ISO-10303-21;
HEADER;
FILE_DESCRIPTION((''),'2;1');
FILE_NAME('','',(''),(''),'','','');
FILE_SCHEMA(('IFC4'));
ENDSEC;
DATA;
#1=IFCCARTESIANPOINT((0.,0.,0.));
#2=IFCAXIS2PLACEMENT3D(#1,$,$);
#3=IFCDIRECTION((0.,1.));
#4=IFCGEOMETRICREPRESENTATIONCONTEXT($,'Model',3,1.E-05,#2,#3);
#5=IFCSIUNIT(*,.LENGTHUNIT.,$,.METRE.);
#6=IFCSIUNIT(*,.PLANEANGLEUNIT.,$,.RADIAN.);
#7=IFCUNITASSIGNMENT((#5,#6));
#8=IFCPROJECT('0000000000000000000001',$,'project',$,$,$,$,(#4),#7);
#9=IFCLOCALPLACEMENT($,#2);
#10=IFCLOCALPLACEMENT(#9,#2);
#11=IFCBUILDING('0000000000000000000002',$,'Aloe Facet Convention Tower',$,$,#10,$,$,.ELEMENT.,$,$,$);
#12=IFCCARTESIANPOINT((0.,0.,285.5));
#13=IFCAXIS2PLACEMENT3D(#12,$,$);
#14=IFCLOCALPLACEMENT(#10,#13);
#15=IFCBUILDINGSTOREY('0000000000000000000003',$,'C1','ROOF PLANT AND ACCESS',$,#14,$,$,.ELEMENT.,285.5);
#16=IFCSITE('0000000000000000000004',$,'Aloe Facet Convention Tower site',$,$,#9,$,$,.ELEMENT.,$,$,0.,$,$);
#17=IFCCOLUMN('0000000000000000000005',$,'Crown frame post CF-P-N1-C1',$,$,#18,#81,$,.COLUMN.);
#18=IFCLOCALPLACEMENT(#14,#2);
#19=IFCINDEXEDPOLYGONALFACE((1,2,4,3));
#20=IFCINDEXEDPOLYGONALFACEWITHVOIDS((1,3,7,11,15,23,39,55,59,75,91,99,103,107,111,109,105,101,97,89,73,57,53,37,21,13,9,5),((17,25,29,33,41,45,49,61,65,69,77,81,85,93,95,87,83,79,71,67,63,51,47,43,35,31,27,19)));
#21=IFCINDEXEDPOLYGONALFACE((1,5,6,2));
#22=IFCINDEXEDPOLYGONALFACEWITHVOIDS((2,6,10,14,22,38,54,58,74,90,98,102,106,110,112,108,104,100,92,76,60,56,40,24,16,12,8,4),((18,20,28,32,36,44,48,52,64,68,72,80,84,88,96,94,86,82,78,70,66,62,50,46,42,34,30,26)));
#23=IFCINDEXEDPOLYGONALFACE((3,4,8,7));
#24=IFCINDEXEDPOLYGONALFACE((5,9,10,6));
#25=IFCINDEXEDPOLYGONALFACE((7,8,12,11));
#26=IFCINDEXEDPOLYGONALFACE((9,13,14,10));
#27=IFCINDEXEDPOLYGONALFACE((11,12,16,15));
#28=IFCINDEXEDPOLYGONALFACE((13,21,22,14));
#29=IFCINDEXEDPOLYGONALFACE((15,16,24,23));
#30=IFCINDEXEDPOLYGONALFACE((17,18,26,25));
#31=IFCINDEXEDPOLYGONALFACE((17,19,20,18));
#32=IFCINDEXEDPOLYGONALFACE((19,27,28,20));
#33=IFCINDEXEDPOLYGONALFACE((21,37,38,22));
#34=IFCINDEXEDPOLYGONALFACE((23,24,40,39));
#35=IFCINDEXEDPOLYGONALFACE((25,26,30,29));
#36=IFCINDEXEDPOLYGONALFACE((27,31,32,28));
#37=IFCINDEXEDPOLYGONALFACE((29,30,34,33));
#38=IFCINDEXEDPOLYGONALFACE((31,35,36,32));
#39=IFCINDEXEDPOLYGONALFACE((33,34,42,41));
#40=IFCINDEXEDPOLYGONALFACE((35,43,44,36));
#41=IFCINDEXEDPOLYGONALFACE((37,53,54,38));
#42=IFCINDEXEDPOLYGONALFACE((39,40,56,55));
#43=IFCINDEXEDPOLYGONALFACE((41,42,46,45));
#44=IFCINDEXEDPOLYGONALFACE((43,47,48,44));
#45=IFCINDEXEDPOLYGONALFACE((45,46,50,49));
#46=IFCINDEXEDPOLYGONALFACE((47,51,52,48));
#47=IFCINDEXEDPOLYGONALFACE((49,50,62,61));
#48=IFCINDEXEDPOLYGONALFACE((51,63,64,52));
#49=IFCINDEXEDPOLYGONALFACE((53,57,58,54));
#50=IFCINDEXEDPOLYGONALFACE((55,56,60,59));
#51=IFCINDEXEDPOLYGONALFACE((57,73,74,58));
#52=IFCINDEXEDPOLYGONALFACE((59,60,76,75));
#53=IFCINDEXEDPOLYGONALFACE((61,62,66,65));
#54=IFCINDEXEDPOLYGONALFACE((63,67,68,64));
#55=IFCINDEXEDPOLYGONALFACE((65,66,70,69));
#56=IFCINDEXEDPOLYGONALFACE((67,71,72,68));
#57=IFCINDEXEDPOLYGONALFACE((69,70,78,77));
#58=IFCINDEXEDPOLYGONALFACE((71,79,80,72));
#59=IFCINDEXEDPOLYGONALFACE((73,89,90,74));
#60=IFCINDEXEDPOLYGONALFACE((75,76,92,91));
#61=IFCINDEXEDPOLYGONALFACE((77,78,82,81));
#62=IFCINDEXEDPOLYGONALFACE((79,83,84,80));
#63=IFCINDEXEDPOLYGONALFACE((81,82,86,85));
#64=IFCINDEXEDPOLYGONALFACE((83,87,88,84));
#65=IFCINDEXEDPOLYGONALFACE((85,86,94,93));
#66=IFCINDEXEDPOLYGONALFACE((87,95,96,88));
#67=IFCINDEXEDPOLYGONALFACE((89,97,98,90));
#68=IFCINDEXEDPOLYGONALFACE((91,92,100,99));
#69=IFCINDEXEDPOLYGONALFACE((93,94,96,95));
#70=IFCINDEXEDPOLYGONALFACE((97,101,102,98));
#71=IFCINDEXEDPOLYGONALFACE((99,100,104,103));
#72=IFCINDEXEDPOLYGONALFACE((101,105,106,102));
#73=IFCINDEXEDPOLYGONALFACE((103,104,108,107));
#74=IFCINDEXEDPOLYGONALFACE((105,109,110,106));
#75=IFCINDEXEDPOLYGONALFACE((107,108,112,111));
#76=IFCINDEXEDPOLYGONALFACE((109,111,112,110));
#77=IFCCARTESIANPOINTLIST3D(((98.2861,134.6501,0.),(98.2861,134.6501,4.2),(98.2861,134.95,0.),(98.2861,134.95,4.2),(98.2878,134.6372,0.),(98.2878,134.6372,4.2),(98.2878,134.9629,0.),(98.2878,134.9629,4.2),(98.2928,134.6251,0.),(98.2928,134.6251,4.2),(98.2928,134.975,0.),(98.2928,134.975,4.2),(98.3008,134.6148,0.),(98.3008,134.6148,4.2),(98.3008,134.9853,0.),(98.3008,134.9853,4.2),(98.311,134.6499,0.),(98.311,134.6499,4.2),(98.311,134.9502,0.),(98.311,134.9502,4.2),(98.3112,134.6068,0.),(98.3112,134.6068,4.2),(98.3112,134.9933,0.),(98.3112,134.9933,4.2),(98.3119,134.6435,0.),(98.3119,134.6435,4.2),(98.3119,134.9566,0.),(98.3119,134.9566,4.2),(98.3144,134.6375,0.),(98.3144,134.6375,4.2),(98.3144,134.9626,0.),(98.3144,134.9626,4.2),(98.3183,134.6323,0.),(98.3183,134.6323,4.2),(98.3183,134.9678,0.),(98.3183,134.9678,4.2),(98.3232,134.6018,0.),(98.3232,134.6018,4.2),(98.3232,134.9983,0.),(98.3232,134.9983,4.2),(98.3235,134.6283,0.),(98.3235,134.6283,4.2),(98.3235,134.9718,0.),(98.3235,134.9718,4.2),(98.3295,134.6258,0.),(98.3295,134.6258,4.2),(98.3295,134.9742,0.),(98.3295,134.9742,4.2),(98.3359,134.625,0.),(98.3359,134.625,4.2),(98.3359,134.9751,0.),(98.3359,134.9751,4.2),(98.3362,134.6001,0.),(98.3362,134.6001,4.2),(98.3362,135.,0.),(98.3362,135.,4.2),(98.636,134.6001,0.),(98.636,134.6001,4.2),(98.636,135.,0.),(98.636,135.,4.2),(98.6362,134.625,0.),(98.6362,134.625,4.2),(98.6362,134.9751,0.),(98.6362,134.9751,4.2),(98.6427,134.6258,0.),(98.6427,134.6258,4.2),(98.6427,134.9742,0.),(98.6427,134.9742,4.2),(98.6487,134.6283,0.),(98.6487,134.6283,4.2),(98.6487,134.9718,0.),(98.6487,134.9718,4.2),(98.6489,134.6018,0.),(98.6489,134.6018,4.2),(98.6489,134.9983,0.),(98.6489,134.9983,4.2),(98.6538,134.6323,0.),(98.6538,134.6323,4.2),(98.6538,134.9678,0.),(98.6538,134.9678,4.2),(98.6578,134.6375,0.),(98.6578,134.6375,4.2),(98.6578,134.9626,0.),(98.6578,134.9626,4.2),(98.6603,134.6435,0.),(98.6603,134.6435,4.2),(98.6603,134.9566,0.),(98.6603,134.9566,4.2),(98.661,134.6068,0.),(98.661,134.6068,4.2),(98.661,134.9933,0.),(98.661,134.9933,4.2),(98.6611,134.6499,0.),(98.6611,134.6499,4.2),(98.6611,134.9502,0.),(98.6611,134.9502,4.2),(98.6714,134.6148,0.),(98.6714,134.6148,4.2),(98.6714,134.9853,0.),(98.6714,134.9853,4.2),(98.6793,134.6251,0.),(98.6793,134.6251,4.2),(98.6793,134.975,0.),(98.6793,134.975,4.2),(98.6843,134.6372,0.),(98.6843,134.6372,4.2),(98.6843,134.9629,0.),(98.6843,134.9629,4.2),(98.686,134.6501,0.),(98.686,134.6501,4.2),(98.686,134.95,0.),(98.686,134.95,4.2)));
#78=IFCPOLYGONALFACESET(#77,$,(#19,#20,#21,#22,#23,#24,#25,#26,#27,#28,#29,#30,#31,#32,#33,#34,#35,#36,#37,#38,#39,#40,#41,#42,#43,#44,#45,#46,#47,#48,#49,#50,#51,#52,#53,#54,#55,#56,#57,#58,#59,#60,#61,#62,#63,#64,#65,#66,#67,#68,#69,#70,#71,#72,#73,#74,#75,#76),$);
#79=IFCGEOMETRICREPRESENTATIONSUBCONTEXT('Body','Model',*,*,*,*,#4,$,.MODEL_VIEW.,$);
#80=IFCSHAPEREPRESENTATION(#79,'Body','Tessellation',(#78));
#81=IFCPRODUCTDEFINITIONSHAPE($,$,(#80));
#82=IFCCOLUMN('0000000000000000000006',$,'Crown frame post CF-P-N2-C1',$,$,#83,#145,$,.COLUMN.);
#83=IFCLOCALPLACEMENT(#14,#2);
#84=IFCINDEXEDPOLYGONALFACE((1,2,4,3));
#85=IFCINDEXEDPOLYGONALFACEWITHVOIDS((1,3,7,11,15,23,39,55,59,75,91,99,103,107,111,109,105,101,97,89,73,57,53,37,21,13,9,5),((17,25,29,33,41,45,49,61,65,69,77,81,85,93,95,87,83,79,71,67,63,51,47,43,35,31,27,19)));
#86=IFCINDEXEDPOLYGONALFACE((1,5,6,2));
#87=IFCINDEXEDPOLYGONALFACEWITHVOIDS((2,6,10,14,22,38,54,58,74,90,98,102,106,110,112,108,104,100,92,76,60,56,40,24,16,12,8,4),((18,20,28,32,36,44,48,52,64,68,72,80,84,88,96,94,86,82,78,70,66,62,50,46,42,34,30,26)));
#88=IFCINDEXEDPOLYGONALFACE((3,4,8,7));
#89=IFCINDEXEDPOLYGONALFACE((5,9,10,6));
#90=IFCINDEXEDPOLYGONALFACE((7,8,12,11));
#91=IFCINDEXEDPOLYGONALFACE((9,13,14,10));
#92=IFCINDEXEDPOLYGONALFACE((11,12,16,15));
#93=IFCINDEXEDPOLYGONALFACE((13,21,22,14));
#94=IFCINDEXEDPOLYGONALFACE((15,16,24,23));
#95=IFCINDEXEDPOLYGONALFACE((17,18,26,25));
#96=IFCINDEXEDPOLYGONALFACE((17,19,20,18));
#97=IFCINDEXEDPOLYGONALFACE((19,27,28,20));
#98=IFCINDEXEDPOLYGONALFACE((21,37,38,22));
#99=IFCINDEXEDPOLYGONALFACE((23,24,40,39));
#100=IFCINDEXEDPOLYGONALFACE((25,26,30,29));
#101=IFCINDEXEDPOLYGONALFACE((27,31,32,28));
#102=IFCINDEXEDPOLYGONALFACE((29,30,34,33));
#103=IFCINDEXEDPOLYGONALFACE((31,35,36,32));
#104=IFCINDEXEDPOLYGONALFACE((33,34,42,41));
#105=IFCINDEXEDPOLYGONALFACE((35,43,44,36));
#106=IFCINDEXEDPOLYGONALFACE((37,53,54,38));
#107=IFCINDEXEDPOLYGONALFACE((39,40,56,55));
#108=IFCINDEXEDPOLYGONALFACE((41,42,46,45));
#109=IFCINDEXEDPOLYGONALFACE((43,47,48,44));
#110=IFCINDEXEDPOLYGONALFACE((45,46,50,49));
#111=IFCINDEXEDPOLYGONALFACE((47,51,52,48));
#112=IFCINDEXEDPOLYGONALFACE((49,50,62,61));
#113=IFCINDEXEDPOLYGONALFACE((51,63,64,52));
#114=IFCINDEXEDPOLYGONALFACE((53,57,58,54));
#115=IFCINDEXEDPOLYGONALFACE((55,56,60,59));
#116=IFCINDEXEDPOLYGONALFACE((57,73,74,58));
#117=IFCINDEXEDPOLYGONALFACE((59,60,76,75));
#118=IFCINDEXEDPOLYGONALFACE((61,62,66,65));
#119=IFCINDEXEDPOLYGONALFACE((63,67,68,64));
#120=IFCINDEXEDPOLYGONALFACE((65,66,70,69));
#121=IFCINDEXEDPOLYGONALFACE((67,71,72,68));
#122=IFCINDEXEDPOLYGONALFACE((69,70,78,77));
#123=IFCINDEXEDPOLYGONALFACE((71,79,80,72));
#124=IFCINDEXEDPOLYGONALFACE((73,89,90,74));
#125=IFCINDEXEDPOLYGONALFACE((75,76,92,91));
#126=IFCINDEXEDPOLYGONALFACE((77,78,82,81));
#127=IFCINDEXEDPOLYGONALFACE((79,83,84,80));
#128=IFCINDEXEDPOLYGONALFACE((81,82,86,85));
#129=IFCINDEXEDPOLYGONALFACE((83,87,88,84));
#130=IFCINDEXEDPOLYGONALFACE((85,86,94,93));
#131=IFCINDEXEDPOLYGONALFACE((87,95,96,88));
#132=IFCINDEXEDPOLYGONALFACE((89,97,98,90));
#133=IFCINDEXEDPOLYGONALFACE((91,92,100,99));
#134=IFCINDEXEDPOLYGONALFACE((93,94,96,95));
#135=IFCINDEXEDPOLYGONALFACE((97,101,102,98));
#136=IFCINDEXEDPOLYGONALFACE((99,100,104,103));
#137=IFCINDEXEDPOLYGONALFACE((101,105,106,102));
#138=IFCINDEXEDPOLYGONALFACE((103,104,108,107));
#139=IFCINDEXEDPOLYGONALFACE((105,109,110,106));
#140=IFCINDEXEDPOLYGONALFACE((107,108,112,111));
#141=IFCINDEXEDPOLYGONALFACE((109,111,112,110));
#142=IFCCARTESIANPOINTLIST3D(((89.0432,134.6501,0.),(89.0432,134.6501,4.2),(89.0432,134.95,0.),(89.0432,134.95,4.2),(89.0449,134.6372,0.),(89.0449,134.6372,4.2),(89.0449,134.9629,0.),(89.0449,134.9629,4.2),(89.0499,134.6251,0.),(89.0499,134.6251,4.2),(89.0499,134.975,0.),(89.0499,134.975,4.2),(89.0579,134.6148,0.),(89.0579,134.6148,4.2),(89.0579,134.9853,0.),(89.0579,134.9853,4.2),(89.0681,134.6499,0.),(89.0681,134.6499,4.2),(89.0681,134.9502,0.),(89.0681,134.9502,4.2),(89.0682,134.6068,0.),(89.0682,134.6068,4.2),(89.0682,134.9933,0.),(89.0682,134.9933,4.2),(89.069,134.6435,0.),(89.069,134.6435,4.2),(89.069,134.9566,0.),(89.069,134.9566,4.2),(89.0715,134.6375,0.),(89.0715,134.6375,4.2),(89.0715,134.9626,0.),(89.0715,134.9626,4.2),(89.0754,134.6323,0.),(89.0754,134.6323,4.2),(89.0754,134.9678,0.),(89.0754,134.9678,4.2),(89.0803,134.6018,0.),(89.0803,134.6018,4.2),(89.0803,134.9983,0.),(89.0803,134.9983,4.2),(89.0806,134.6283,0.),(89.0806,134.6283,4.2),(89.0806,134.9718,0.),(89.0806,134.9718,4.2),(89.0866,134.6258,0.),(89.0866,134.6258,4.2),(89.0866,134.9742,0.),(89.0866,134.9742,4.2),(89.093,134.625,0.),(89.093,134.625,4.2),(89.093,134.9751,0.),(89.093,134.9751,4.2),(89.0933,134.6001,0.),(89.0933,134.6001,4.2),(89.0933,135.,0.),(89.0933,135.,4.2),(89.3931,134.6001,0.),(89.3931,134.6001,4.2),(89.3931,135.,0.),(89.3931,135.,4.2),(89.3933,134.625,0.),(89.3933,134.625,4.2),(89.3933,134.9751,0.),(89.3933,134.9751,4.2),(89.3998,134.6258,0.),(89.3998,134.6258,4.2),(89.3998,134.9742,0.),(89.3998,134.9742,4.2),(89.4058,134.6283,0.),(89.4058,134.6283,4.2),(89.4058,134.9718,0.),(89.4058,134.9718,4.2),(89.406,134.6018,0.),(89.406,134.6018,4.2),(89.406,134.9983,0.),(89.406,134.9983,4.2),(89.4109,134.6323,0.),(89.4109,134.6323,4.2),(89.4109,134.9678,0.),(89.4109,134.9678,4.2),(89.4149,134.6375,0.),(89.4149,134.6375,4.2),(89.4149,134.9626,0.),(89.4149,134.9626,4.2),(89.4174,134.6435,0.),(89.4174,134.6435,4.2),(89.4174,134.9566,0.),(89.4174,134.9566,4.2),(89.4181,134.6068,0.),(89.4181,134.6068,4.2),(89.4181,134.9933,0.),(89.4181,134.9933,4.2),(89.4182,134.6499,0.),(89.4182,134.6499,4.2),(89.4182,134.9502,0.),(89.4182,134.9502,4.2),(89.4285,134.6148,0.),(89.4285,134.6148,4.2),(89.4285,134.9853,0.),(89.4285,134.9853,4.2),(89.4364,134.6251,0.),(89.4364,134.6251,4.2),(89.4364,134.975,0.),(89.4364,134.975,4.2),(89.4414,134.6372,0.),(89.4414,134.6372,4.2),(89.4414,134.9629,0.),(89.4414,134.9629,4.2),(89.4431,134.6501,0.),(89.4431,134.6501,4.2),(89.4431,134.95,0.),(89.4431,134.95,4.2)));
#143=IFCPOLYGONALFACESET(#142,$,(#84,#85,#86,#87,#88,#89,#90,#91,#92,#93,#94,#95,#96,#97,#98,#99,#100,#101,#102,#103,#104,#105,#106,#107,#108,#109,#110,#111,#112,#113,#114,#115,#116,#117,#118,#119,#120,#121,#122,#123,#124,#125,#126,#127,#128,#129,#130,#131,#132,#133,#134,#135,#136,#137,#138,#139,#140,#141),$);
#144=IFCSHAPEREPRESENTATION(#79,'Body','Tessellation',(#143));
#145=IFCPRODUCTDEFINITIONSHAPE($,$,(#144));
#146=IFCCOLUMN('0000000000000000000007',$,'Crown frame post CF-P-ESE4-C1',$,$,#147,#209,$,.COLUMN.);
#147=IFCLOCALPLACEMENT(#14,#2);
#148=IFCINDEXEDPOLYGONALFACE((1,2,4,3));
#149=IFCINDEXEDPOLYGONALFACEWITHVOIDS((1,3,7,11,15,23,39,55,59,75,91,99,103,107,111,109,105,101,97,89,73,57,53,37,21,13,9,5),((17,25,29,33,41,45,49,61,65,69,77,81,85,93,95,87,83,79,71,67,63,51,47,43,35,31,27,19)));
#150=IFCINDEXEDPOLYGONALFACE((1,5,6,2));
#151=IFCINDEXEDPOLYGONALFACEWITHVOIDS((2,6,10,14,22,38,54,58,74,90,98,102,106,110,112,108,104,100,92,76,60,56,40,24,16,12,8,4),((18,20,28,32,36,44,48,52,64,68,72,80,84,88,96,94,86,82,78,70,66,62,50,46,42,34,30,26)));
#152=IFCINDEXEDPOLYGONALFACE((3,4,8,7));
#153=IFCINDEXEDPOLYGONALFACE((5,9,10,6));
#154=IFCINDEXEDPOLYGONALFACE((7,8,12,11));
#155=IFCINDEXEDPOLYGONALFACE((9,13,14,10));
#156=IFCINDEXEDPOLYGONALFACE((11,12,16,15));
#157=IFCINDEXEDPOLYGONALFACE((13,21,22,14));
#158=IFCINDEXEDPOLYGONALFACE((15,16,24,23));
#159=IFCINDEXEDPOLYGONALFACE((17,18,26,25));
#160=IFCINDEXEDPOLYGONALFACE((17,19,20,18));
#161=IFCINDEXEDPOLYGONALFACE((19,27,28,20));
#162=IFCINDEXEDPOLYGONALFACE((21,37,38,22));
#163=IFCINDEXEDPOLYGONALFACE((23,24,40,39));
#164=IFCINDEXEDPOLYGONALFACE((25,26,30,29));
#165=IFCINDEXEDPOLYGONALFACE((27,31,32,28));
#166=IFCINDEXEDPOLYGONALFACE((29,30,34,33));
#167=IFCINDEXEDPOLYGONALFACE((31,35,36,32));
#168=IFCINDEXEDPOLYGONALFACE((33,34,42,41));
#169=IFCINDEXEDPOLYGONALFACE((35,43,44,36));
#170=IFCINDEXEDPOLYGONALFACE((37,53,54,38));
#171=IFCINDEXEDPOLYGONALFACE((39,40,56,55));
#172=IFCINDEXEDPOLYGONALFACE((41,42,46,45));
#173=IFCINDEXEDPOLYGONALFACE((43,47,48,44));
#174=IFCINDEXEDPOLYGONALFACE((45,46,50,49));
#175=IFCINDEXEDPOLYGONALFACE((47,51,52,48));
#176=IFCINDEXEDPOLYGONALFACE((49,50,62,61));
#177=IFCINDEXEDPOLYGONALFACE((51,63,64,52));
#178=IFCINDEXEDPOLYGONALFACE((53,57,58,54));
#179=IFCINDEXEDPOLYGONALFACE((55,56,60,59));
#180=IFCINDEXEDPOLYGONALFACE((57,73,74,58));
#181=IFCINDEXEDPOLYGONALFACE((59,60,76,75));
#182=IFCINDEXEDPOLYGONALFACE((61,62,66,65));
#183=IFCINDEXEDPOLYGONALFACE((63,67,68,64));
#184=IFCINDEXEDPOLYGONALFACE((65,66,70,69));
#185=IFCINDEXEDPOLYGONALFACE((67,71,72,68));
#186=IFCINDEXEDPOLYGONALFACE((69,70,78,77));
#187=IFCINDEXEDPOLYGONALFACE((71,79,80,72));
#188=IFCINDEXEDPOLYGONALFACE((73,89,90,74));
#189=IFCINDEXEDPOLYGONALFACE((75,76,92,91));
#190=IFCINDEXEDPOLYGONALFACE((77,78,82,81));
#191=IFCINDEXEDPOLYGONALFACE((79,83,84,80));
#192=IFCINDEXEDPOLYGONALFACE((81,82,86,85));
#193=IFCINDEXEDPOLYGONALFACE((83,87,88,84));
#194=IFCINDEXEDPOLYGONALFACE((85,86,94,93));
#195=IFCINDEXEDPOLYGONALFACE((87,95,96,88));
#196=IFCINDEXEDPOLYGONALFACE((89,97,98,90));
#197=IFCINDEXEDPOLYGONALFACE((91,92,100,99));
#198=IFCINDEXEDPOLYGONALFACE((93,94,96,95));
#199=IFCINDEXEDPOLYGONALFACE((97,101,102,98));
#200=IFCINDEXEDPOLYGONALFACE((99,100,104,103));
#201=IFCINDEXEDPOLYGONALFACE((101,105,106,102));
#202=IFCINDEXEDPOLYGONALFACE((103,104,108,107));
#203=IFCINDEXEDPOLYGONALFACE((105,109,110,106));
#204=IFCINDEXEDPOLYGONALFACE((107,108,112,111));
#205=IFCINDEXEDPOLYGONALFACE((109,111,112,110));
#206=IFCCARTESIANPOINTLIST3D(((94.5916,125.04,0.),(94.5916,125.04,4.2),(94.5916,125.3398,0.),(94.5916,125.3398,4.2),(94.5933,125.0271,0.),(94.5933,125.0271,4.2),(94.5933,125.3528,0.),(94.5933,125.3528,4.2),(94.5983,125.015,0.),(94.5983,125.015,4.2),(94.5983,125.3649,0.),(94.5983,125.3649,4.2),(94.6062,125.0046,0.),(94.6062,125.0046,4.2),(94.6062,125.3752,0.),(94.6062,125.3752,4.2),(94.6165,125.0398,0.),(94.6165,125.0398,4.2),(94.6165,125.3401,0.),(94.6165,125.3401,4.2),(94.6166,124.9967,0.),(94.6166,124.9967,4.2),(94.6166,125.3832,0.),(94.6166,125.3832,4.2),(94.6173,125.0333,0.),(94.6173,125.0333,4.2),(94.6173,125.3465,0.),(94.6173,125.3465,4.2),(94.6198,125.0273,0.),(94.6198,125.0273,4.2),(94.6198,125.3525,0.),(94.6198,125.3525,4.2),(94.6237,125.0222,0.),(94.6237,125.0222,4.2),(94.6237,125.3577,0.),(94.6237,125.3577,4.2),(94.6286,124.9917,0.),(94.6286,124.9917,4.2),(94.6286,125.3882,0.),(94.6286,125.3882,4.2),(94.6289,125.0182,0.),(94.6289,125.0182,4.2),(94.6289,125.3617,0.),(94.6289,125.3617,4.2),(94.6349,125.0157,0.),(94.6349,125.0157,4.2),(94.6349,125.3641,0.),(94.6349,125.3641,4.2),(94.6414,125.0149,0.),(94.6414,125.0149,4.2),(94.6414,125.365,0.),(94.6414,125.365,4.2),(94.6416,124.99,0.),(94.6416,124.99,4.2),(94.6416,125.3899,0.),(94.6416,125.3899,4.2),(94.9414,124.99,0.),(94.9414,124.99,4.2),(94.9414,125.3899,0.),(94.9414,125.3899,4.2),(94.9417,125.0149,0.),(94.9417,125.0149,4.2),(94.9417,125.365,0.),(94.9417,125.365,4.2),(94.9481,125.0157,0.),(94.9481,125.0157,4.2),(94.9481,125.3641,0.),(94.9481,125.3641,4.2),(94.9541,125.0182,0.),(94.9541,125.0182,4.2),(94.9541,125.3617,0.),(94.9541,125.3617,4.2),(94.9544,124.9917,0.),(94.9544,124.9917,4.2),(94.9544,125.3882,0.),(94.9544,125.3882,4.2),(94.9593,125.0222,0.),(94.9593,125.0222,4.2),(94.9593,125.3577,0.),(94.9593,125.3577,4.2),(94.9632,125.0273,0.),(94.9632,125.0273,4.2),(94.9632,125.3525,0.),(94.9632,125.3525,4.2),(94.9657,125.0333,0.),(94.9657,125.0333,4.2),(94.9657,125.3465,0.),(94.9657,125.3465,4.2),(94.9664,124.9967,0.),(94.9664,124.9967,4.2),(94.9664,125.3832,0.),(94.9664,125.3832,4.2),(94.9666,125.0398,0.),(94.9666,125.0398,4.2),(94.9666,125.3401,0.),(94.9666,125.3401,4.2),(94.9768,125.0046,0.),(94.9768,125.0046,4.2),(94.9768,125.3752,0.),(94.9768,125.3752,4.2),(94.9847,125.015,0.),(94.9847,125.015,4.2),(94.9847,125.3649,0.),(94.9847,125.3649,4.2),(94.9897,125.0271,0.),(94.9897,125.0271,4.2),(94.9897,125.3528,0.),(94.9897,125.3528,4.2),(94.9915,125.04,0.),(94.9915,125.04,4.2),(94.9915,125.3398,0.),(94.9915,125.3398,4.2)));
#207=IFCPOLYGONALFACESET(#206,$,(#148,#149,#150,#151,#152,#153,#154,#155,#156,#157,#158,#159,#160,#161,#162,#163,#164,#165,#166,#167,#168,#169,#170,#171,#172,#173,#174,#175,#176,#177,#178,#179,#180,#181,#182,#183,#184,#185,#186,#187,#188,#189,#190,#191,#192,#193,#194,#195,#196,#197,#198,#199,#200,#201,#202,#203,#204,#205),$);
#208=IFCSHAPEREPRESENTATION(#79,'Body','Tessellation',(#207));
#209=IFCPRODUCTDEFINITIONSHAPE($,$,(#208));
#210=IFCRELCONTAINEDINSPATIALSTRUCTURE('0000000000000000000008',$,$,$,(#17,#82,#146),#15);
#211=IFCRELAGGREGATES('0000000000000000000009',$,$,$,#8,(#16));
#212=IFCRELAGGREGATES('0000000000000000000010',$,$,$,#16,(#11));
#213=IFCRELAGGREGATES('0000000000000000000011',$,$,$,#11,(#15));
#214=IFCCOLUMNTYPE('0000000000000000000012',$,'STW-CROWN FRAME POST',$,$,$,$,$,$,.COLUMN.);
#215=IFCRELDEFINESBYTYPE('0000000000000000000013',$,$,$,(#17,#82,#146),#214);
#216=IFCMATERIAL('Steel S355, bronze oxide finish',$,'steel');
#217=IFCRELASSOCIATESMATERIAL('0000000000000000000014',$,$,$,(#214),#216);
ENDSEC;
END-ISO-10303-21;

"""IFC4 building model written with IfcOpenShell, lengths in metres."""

from ifc_helpers import new_model, si_unit, direction, frame, origin, origin_2d, place, context, subcontext, project, spatial, hollow_rectangle, extrude, material, material_profile, profile_set, type_object, element, save


model = new_model("IFC4")

# Units and contexts
model_context = context("Model", 3, precision=1e-05, world=origin(), true_north=direction((0.0, 1.0)))
body_context = subcontext(model_context, "Body", "Model", "MODEL_VIEW")
ifc_project = project(units=[si_unit("LENGTHUNIT", "METRE"), si_unit("PLANEANGLEUNIT", "RADIAN")], contexts=[model_context])

# Site, building, storey
site_placement = place(None, origin())
site = spatial("IfcSite", under=ifc_project, at=site_placement, Name="Aloe Facet Convention Tower site", CompositionType="ELEMENT", RefElevation=0.0)
building_placement = place(site_placement, origin())
building = spatial("IfcBuilding", under=site, at=building_placement, Name="Aloe Facet Convention Tower", CompositionType="ELEMENT")
storey_placement = place(building_placement, frame((0.0, 0.0, 285.5)))
storey = spatial("IfcBuildingStorey", under=building, at=storey_placement, Name="C1", Description="ROOF PLANT AND ACCESS", CompositionType="ELEMENT", Elevation=285.5)

# Columns
ifc_material_1 = material(Name="Steel S355, bronze oxide finish", Category="steel")
ifc_material_profile_1 = material_profile(ifc_material_1, hollow_rectangle(XDim=0.3999, YDim=0.3999, WallThickness=0.0249, InnerFilletRadius=0.0249, OuterFilletRadius=0.05, at=origin_2d()), Name="SHS 400x400x25")
ifc_profile_set_1 = profile_set([ifc_material_profile_1], Name="Steel S355, bronze oxide finish")
column_type = type_object("IfcColumnType", Name="STW-CROWN FRAME POST", PredefinedType="COLUMN", material=ifc_profile_set_1)
for number, where, z_axis, x_axis, name in (
    (1, (98.4861, 134.8, 0.0), (0.0, 0.0, 1.0), (1.0, 0.0, 0.0), "Crown frame post CF-P-N1-C1"),
    (2, (89.2432, 134.8, 0.0), (0.0, 0.0, 1.0), (1.0, 0.0, 0.0), "Crown frame post CF-P-N2-C1"),
    (3, (94.7915, 125.1899, 0.0), (0.0, 0.0, 1.0), (1.0, 0.0, 0.0), "Crown frame post CF-P-ESE4-C1"),
):
    element("IfcColumn", number, at=place(storey_placement, frame(where, z_axis=z_axis, x_axis=x_axis)), inside=storey, type_object=column_type, Name=name, PredefinedType="COLUMN", context=body_context, shape_type="SweptSolid", body=[
        extrude(hollow_rectangle(XDim=0.3999, YDim=0.3999, WallThickness=0.0249, InnerFilletRadius=0.0249, OuterFilletRadius=0.05, at=origin_2d()), origin(), (0.0, 0.0, 1.0), 4.2),
    ])

save(model, "model.ifc")
